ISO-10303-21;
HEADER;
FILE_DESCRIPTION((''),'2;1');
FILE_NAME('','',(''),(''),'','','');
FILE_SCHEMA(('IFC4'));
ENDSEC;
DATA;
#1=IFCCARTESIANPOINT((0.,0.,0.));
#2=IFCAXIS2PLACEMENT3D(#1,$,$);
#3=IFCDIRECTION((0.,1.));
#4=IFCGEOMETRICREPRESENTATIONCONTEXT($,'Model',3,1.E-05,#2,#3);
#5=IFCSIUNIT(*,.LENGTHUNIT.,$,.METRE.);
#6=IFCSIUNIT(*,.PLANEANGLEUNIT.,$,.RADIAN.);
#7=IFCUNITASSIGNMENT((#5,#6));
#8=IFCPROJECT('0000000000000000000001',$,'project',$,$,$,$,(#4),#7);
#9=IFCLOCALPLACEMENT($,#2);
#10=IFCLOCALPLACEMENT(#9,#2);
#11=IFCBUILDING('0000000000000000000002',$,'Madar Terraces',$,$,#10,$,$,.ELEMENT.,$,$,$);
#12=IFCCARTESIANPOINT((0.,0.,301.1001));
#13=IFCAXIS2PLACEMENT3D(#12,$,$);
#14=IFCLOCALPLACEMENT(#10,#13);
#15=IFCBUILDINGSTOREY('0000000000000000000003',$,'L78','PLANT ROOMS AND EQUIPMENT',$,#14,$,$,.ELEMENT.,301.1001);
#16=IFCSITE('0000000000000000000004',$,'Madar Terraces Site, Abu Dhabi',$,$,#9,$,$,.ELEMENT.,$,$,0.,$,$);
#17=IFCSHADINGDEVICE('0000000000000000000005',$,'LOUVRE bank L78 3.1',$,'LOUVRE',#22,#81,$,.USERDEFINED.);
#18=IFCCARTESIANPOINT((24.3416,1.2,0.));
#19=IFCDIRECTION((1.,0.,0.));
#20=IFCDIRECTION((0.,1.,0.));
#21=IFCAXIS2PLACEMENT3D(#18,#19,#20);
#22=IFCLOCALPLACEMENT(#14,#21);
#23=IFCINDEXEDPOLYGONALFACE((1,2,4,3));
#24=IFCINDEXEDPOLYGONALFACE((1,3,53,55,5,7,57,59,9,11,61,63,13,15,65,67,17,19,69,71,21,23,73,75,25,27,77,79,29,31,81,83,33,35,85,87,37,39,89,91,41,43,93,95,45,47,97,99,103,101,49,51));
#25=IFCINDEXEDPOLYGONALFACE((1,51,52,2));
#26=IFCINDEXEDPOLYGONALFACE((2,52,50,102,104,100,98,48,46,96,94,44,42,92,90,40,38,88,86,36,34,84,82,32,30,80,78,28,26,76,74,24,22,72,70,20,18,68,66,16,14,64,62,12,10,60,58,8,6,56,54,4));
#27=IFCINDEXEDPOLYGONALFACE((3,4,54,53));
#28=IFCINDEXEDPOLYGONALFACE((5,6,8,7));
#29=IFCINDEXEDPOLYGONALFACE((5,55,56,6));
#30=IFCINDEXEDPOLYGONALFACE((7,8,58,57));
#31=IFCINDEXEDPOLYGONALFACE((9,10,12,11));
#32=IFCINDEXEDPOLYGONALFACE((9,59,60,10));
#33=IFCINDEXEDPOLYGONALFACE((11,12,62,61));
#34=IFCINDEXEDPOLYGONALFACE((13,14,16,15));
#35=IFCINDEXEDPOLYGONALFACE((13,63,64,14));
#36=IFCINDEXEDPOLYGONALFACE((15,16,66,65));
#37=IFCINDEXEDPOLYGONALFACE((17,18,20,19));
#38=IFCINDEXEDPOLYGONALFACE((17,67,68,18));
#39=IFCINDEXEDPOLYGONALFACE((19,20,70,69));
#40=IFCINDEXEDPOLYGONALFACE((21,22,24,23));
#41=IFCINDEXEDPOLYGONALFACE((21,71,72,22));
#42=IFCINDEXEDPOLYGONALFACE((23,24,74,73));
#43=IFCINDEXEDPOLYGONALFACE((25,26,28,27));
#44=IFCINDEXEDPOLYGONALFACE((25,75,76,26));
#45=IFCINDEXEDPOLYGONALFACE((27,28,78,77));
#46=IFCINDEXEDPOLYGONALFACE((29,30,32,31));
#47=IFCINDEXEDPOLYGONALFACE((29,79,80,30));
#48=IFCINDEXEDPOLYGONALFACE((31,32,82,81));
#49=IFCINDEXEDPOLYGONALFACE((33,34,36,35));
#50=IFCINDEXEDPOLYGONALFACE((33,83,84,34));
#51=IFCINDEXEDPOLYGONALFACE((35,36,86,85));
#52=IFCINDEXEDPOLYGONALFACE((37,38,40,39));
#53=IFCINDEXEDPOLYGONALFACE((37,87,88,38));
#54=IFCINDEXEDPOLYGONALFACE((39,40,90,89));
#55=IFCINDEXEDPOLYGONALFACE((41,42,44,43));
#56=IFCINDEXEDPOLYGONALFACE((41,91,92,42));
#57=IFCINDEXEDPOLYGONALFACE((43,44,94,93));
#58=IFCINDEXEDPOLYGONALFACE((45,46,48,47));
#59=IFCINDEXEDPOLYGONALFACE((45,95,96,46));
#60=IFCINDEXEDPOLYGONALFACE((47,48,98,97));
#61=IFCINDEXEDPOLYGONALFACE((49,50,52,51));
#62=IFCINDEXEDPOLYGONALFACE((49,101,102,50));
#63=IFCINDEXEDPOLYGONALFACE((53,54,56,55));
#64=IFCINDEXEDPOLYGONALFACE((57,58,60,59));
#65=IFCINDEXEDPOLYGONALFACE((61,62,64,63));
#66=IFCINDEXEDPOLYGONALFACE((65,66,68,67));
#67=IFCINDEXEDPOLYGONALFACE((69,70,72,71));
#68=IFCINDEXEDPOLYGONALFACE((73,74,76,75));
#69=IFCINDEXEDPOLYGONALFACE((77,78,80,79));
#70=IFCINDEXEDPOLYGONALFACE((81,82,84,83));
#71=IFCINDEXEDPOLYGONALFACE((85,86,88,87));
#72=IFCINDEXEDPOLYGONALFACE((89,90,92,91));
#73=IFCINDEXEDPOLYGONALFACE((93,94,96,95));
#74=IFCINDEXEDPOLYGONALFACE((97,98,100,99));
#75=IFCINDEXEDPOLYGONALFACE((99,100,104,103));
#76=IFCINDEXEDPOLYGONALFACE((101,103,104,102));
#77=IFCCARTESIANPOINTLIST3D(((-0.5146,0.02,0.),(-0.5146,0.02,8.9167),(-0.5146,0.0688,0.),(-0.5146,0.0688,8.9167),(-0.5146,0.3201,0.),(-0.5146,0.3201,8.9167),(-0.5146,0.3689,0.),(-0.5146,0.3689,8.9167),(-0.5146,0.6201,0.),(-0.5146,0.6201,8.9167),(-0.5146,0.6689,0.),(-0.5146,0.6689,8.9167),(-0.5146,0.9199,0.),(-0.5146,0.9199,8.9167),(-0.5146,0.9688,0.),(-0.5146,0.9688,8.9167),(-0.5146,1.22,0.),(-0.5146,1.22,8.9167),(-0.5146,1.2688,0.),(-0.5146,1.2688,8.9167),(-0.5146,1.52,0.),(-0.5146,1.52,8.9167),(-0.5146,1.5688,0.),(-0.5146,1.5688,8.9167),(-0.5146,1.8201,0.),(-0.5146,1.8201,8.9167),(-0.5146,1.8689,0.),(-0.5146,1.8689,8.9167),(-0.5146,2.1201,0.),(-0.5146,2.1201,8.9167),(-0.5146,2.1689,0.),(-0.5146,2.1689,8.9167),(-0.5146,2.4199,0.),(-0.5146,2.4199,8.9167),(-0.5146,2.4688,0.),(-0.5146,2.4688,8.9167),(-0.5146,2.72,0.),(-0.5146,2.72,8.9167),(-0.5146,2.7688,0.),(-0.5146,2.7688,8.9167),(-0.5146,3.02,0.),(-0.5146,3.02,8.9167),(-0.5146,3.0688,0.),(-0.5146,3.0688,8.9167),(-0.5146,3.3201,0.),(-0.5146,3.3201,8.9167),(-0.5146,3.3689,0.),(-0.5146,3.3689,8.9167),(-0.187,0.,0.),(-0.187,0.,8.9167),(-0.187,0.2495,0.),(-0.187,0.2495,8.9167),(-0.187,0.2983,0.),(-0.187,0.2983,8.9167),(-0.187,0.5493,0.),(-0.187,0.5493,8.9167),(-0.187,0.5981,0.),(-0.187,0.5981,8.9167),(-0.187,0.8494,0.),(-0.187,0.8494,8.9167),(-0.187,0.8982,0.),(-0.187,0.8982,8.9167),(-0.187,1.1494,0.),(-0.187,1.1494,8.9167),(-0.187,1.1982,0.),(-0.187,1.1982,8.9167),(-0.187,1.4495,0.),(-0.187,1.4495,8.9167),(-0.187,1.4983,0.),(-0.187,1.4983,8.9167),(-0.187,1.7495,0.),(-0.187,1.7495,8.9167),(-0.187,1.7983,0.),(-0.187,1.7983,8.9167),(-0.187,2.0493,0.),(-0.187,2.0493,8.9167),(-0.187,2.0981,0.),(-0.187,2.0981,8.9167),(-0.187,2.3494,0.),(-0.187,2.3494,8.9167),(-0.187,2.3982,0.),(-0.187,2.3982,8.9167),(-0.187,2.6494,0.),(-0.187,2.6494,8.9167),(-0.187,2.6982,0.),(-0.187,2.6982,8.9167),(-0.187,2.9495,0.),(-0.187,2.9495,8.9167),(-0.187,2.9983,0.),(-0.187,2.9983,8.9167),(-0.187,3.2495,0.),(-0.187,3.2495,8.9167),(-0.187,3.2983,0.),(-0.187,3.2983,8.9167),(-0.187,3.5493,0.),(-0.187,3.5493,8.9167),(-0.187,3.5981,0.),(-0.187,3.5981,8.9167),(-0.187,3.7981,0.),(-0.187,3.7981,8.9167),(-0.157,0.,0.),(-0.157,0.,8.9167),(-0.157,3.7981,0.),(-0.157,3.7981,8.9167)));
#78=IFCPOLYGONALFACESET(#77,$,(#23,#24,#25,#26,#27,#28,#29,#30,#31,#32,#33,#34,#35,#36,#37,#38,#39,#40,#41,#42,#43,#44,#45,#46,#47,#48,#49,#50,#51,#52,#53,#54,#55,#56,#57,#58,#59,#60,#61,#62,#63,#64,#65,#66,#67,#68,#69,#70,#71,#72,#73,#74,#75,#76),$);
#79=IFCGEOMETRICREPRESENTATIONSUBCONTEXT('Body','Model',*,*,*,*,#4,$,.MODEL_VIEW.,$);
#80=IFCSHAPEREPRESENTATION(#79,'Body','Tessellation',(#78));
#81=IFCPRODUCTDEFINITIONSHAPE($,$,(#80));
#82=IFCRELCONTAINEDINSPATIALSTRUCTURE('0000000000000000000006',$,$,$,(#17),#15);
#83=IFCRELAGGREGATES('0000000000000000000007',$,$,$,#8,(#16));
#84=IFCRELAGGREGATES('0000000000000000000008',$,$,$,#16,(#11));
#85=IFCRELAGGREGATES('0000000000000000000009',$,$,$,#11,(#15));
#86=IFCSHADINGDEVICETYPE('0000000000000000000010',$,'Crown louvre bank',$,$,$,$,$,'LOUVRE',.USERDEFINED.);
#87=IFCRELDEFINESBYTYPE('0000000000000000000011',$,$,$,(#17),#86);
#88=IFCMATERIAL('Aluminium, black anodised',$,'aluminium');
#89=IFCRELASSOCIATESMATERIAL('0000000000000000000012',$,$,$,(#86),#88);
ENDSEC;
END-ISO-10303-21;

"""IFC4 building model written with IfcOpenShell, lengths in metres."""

from ifc_helpers import new_model, si_unit, direction, frame, origin, place, context, subcontext, project, spatial, polyline, outline, extrude, material, type_object, element, save


model = new_model("IFC4")

# Units and contexts
model_context = context("Model", 3, precision=1e-05, world=origin(), true_north=direction((0.0, 1.0)))
body_context = subcontext(model_context, "Body", "Model", "MODEL_VIEW")
ifc_project = project(units=[si_unit("LENGTHUNIT", "METRE"), si_unit("PLANEANGLEUNIT", "RADIAN")], contexts=[model_context])

# Site, building, storey
site_placement = place(None, origin())
site = spatial("IfcSite", under=ifc_project, at=site_placement, Name="Madar Terraces Site, Abu Dhabi", CompositionType="ELEMENT", RefElevation=0.0)
building_placement = place(site_placement, origin())
building = spatial("IfcBuilding", under=site, at=building_placement, Name="Madar Terraces", CompositionType="ELEMENT")
storey_placement = place(building_placement, frame((0.0, 0.0, 301.1001)))
storey = spatial("IfcBuildingStorey", under=building, at=storey_placement, Name="L78", Description="PLANT ROOMS AND EQUIPMENT", CompositionType="ELEMENT", Elevation=301.1001)

# Shading device
ifc_material_1 = material(Name="Aluminium, black anodised", Category="aluminium")
shading_device_type = type_object("IfcShadingDeviceType", Name="Crown louvre bank", ElementType="LOUVRE", PredefinedType="USERDEFINED", material=ifc_material_1)
shading_device_1_placement = place(storey_placement, frame((24.3416, 1.2, 0.0), z_axis=(1.0, 0.0, 0.0), x_axis=(0.0, 1.0, 0.0)))
element("IfcShadingDevice", 1, at=shading_device_1_placement, inside=storey, type_object=shading_device_type, Name="LOUVRE bank L78 3.1", ObjectType="LOUVRE", PredefinedType="USERDEFINED", context=body_context, shape_type="SweptSolid", body=[
    extrude(outline(polyline([(-0.157, 0.0), (-0.187, 0.0), (-0.187, 0.2495), (-0.5146, 0.02), (-0.5146, 0.0688), (-0.187, 0.2983), (-0.187, 0.5493), (-0.5146, 0.3201), (-0.5146, 0.3689), (-0.187, 0.5981), (-0.187, 0.8494), (-0.5146, 0.6201), (-0.5146, 0.6689), (-0.187, 0.8982), (-0.187, 1.1494), (-0.5146, 0.9199), (-0.5146, 0.9688), (-0.187, 1.1982), (-0.187, 1.4495), (-0.5146, 1.22), (-0.5146, 1.2688), (-0.187, 1.4983), (-0.187, 1.7495), (-0.5146, 1.52), (-0.5146, 1.5688), (-0.187, 1.7983), (-0.187, 2.0493), (-0.5146, 1.8201), (-0.5146, 1.8689), (-0.187, 2.0981), (-0.187, 2.3494), (-0.5146, 2.1201), (-0.5146, 2.1689), (-0.187, 2.3982), (-0.187, 2.6494), (-0.5146, 2.4199), (-0.5146, 2.4688), (-0.187, 2.6982), (-0.187, 2.9495), (-0.5146, 2.72), (-0.5146, 2.7688), (-0.187, 2.9983), (-0.187, 3.2495), (-0.5146, 3.02), (-0.5146, 3.0688), (-0.187, 3.2983), (-0.187, 3.5493), (-0.5146, 3.3201), (-0.5146, 3.3689), (-0.187, 3.5981), (-0.187, 3.7981), (-0.157, 3.7981), (-0.157, 0.0)])), origin(), (0.0, 0.0, 1.0), 8.9167),
])

save(model, "model.ifc")
